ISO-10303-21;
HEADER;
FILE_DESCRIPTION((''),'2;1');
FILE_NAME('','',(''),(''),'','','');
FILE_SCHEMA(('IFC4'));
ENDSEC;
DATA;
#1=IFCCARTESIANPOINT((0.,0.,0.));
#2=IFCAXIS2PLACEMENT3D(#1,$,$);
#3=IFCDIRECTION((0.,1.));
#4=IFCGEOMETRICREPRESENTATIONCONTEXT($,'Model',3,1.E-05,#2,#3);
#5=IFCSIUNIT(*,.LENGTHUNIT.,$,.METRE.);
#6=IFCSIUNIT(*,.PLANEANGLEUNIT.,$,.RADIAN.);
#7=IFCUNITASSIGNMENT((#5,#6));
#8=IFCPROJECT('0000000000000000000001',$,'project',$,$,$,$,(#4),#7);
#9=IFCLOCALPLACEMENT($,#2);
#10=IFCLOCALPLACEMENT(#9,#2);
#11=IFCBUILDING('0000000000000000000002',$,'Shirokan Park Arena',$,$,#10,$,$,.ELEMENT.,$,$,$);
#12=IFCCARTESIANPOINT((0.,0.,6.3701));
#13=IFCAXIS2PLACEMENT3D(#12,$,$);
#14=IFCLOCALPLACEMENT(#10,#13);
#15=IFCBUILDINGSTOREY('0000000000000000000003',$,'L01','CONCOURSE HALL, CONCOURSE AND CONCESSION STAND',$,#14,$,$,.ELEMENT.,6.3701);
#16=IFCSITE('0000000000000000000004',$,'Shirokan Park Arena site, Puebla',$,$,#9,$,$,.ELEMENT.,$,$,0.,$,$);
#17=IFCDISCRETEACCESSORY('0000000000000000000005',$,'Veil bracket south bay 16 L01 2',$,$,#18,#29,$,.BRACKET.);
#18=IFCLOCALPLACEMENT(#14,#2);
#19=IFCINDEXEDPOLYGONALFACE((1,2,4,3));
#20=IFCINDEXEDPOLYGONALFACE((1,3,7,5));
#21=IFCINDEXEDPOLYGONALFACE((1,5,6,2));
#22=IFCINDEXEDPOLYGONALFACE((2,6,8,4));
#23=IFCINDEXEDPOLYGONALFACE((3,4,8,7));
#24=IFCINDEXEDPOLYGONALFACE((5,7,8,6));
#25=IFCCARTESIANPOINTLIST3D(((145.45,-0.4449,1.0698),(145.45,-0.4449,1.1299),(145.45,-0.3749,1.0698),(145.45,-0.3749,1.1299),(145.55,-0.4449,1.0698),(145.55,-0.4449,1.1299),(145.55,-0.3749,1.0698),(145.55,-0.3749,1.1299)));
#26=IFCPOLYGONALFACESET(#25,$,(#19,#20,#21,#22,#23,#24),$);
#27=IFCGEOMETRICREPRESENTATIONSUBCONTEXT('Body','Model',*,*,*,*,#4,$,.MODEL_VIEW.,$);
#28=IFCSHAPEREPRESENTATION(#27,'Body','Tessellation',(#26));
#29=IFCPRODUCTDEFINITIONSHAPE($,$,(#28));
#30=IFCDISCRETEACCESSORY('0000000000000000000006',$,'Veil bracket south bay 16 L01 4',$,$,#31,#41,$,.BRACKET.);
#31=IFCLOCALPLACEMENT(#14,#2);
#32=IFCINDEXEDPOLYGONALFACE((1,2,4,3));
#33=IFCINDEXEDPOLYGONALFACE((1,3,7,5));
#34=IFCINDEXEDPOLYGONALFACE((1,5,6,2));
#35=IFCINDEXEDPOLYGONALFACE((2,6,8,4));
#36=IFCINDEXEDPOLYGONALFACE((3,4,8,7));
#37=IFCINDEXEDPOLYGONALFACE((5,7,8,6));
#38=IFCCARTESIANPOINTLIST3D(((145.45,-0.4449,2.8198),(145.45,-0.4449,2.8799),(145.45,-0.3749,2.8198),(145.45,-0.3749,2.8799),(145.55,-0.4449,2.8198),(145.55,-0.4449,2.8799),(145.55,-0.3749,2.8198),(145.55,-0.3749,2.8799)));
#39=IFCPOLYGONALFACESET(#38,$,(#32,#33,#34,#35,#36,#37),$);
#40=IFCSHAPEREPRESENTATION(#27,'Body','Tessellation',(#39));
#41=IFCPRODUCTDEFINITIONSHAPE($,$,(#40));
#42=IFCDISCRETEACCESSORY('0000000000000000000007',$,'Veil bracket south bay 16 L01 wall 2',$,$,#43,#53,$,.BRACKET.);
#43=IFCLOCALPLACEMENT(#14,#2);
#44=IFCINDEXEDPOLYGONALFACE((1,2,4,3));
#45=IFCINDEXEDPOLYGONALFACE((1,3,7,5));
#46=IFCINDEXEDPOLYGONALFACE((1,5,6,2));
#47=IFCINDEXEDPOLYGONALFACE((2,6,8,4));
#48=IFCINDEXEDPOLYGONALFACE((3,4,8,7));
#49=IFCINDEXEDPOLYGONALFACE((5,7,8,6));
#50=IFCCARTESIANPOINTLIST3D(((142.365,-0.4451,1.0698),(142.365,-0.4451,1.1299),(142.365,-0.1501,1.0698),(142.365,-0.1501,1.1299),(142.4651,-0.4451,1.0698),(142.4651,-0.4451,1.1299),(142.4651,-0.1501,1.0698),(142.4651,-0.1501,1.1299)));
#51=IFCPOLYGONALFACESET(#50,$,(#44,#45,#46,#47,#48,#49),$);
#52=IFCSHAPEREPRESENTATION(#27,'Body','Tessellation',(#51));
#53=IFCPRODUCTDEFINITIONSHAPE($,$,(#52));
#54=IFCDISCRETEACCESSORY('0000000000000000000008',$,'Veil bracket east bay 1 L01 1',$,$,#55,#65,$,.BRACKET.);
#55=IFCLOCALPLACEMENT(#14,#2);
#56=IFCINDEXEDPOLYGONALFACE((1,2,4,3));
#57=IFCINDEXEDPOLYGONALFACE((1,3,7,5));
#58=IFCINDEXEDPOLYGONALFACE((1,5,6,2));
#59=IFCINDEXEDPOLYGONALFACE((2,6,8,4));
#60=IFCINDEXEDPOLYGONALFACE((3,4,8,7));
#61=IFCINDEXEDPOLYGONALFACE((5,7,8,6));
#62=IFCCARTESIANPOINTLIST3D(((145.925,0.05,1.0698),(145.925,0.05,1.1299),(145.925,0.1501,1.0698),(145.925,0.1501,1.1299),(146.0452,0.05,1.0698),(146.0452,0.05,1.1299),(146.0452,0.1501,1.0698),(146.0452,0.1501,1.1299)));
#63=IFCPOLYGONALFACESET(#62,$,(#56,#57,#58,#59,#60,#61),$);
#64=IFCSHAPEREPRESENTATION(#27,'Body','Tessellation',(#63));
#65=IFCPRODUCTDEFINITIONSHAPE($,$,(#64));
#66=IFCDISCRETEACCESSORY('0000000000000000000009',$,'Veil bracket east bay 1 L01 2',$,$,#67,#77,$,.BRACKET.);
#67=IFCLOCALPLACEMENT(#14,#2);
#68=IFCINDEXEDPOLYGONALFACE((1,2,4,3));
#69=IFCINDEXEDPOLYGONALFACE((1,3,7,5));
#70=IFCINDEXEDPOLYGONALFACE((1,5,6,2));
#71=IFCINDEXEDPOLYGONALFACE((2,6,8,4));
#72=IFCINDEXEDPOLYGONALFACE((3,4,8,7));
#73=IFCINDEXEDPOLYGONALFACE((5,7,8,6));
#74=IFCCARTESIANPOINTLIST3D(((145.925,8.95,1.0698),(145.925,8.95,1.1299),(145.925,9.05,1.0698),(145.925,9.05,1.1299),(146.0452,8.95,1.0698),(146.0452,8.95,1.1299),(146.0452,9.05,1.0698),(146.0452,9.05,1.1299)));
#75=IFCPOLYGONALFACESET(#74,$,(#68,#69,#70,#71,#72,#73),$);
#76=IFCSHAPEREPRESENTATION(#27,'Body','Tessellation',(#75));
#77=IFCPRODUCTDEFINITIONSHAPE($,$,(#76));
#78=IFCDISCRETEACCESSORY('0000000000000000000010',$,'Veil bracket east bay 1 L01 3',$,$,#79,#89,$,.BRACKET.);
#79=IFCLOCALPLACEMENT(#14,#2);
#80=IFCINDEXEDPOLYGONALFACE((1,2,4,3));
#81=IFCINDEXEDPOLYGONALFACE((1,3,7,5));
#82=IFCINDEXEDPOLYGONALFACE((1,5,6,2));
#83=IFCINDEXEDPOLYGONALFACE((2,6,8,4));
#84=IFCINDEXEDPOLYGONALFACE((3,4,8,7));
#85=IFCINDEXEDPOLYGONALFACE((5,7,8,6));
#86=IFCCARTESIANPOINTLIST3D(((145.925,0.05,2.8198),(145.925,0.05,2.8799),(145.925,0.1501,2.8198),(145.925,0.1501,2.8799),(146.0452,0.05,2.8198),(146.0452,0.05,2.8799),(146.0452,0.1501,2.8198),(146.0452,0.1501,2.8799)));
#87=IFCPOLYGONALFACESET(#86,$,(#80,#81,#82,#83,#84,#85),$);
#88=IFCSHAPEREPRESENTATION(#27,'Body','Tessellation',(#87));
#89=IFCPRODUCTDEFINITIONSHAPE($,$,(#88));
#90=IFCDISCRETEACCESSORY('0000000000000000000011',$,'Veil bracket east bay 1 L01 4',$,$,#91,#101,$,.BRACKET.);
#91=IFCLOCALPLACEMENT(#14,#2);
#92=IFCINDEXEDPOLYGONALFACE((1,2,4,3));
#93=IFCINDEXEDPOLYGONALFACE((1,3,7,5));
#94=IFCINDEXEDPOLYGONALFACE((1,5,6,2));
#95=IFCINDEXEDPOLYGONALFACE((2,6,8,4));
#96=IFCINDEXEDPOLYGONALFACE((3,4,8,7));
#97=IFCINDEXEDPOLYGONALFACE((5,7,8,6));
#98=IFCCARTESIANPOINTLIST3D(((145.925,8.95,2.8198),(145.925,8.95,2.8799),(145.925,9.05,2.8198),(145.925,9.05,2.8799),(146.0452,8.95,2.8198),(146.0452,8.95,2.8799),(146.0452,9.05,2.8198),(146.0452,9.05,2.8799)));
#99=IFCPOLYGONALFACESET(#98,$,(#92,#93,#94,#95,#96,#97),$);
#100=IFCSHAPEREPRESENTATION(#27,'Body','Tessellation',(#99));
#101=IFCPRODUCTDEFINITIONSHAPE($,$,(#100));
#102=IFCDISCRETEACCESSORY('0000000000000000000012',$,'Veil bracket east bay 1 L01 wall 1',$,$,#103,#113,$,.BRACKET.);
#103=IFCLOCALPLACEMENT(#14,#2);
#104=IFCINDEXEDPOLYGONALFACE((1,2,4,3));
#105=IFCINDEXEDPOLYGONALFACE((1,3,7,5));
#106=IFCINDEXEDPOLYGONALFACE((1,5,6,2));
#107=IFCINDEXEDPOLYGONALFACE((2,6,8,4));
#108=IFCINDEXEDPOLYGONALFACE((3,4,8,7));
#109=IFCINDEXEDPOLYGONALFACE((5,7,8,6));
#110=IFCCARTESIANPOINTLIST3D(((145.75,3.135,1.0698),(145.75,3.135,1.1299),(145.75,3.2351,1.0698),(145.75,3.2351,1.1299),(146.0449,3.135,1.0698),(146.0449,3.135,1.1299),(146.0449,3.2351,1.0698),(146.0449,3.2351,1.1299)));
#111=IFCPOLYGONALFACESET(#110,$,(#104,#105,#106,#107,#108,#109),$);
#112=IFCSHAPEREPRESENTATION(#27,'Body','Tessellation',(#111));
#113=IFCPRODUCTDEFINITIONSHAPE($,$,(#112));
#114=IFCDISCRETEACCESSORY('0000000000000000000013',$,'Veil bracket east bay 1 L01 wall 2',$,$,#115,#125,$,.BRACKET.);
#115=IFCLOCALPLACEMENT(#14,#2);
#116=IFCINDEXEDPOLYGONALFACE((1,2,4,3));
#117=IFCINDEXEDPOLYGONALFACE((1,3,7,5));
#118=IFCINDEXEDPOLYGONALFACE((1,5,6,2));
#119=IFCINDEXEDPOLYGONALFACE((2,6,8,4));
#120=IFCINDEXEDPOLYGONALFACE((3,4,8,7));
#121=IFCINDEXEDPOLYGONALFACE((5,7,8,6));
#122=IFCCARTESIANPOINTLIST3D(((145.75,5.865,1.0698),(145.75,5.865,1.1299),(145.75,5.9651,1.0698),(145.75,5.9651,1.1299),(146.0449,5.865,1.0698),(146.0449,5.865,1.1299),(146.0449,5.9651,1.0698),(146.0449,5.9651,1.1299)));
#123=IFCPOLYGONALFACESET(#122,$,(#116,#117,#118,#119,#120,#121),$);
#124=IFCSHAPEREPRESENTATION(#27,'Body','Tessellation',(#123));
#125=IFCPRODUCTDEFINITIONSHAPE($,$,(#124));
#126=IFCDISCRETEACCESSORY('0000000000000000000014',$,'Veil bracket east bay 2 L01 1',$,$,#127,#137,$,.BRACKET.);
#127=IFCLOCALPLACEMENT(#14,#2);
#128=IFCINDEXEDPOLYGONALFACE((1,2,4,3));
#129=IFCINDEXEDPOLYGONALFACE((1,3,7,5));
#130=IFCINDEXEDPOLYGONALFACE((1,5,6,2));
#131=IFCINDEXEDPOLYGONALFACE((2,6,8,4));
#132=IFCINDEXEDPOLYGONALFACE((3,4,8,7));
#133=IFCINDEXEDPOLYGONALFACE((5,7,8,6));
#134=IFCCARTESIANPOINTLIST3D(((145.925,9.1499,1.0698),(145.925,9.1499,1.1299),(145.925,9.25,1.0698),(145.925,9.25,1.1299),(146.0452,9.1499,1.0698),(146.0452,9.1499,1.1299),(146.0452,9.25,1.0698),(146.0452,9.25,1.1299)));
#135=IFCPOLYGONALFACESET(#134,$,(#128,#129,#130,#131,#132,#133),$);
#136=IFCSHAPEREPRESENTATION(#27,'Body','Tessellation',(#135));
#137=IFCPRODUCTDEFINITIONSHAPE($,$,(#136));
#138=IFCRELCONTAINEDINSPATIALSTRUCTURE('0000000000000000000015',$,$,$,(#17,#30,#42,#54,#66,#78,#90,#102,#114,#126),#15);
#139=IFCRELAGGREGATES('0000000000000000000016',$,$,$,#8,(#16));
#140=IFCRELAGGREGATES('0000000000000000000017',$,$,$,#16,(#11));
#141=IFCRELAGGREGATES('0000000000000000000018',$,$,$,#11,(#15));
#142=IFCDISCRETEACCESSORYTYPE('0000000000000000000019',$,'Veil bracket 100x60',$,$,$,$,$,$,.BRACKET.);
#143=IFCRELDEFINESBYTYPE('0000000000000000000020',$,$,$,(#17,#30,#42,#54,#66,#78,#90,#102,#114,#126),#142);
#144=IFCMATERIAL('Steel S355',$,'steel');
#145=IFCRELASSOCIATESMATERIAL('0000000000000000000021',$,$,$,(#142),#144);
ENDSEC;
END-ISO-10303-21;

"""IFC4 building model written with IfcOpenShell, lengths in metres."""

from ifc_helpers import new_model, si_unit, direction, frame, origin, origin_2d, place, context, subcontext, project, spatial, rectangle, extrude, material, type_object, element, save


model = new_model("IFC4")

# Units and contexts
model_context = context("Model", 3, precision=1e-05, world=origin(), true_north=direction((0.0, 1.0)))
body_context = subcontext(model_context, "Body", "Model", "MODEL_VIEW")
ifc_project = project(units=[si_unit("LENGTHUNIT", "METRE"), si_unit("PLANEANGLEUNIT", "RADIAN")], contexts=[model_context])

# Site, building, storey
site_placement = place(None, origin())
site = spatial("IfcSite", under=ifc_project, at=site_placement, Name="Shirokan Park Arena site, Puebla", CompositionType="ELEMENT", RefElevation=0.0)
building_placement = place(site_placement, origin())
building = spatial("IfcBuilding", under=site, at=building_placement, Name="Shirokan Park Arena", CompositionType="ELEMENT")
storey_placement = place(building_placement, frame((0.0, 0.0, 6.3701)))
storey = spatial("IfcBuildingStorey", under=building, at=storey_placement, Name="L01", Description="CONCOURSE HALL, CONCOURSE AND CONCESSION STAND", CompositionType="ELEMENT", Elevation=6.3701)

# Discrete accessories
ifc_material_1 = material(Name="Steel S355", Category="steel")
discrete_accessory_type = type_object("IfcDiscreteAccessoryType", Name="Veil bracket 100x60", PredefinedType="BRACKET", material=ifc_material_1)
for number, where, z_axis, x_axis, name in (
    (1, (145.5, -0.4099, 1.0698), (0.0, 0.0, 1.0), (1.0, 0.0, 0.0), "Veil bracket south bay 16 L01 2"),
    (2, (145.5, -0.4099, 2.8198), (0.0, 0.0, 1.0), (1.0, 0.0, 0.0), "Veil bracket south bay 16 L01 4"),
):
    element("IfcDiscreteAccessory", number, at=place(storey_placement, frame(where, z_axis=z_axis, x_axis=x_axis)), inside=storey, type_object=discrete_accessory_type, Name=name, PredefinedType="BRACKET", context=body_context, shape_type="SweptSolid", body=[
        extrude(rectangle(XDim=0.1001, YDim=0.0701, at=origin_2d()), origin(), (0.0, 0.0, 1.0), 0.0601),
    ])
discrete_accessory_1_placement = place(storey_placement, frame((142.415, -0.2976, 1.0698), z_axis=(0.0, 0.0, 1.0), x_axis=(1.0, 0.0, 0.0)))
element("IfcDiscreteAccessory", 3, at=discrete_accessory_1_placement, inside=storey, type_object=discrete_accessory_type, Name="Veil bracket south bay 16 L01 wall 2", PredefinedType="BRACKET", context=body_context, shape_type="SweptSolid", body=[
    extrude(rectangle(XDim=0.1001, YDim=0.2949, at=origin_2d()), origin(), (0.0, 0.0, 1.0), 0.0601),
])
for number, where, z_axis, x_axis, name in (
    (4, (145.9851, 0.1001, 1.0698), (0.0, 0.0, 1.0), (0.0, 1.0, 0.0), "Veil bracket east bay 1 L01 1"),
    (5, (145.9851, 9.0, 1.0698), (0.0, 0.0, 1.0), (0.0, 1.0, 0.0), "Veil bracket east bay 1 L01 2"),
    (6, (145.9851, 0.1001, 2.8198), (0.0, 0.0, 1.0), (0.0, 1.0, 0.0), "Veil bracket east bay 1 L01 3"),
    (7, (145.9851, 9.0, 2.8198), (0.0, 0.0, 1.0), (0.0, 1.0, 0.0), "Veil bracket east bay 1 L01 4"),
):
    element("IfcDiscreteAccessory", number, at=place(storey_placement, frame(where, z_axis=z_axis, x_axis=x_axis)), inside=storey, type_object=discrete_accessory_type, Name=name, PredefinedType="BRACKET", context=body_context, shape_type="SweptSolid", body=[
        extrude(rectangle(XDim=0.1001, YDim=0.1201, at=origin_2d()), origin(), (0.0, 0.0, 1.0), 0.0601),
    ])
for number, where, z_axis, x_axis, name in (
    (8, (145.8975, 3.1851, 1.0698), (0.0, 0.0, 1.0), (0.0, 1.0, 0.0), "Veil bracket east bay 1 L01 wall 1"),
    (9, (145.8975, 5.915, 1.0698), (0.0, 0.0, 1.0), (0.0, 1.0, 0.0), "Veil bracket east bay 1 L01 wall 2"),
):
    element("IfcDiscreteAccessory", number, at=place(storey_placement, frame(where, z_axis=z_axis, x_axis=x_axis)), inside=storey, type_object=discrete_accessory_type, Name=name, PredefinedType="BRACKET", context=body_context, shape_type="SweptSolid", body=[
        extrude(rectangle(XDim=0.1001, YDim=0.2949, at=origin_2d()), origin(), (0.0, 0.0, 1.0), 0.0601),
    ])
discrete_accessory_2_placement = place(storey_placement, frame((145.9851, 9.2, 1.0698), z_axis=(0.0, 0.0, 1.0), x_axis=(0.0, 1.0, 0.0)))
element("IfcDiscreteAccessory", 10, at=discrete_accessory_2_placement, inside=storey, type_object=discrete_accessory_type, Name="Veil bracket east bay 2 L01 1", PredefinedType="BRACKET", context=body_context, shape_type="SweptSolid", body=[
    extrude(rectangle(XDim=0.1001, YDim=0.1201, at=origin_2d()), origin(), (0.0, 0.0, 1.0), 0.0601),
])

save(model, "model.ifc")
